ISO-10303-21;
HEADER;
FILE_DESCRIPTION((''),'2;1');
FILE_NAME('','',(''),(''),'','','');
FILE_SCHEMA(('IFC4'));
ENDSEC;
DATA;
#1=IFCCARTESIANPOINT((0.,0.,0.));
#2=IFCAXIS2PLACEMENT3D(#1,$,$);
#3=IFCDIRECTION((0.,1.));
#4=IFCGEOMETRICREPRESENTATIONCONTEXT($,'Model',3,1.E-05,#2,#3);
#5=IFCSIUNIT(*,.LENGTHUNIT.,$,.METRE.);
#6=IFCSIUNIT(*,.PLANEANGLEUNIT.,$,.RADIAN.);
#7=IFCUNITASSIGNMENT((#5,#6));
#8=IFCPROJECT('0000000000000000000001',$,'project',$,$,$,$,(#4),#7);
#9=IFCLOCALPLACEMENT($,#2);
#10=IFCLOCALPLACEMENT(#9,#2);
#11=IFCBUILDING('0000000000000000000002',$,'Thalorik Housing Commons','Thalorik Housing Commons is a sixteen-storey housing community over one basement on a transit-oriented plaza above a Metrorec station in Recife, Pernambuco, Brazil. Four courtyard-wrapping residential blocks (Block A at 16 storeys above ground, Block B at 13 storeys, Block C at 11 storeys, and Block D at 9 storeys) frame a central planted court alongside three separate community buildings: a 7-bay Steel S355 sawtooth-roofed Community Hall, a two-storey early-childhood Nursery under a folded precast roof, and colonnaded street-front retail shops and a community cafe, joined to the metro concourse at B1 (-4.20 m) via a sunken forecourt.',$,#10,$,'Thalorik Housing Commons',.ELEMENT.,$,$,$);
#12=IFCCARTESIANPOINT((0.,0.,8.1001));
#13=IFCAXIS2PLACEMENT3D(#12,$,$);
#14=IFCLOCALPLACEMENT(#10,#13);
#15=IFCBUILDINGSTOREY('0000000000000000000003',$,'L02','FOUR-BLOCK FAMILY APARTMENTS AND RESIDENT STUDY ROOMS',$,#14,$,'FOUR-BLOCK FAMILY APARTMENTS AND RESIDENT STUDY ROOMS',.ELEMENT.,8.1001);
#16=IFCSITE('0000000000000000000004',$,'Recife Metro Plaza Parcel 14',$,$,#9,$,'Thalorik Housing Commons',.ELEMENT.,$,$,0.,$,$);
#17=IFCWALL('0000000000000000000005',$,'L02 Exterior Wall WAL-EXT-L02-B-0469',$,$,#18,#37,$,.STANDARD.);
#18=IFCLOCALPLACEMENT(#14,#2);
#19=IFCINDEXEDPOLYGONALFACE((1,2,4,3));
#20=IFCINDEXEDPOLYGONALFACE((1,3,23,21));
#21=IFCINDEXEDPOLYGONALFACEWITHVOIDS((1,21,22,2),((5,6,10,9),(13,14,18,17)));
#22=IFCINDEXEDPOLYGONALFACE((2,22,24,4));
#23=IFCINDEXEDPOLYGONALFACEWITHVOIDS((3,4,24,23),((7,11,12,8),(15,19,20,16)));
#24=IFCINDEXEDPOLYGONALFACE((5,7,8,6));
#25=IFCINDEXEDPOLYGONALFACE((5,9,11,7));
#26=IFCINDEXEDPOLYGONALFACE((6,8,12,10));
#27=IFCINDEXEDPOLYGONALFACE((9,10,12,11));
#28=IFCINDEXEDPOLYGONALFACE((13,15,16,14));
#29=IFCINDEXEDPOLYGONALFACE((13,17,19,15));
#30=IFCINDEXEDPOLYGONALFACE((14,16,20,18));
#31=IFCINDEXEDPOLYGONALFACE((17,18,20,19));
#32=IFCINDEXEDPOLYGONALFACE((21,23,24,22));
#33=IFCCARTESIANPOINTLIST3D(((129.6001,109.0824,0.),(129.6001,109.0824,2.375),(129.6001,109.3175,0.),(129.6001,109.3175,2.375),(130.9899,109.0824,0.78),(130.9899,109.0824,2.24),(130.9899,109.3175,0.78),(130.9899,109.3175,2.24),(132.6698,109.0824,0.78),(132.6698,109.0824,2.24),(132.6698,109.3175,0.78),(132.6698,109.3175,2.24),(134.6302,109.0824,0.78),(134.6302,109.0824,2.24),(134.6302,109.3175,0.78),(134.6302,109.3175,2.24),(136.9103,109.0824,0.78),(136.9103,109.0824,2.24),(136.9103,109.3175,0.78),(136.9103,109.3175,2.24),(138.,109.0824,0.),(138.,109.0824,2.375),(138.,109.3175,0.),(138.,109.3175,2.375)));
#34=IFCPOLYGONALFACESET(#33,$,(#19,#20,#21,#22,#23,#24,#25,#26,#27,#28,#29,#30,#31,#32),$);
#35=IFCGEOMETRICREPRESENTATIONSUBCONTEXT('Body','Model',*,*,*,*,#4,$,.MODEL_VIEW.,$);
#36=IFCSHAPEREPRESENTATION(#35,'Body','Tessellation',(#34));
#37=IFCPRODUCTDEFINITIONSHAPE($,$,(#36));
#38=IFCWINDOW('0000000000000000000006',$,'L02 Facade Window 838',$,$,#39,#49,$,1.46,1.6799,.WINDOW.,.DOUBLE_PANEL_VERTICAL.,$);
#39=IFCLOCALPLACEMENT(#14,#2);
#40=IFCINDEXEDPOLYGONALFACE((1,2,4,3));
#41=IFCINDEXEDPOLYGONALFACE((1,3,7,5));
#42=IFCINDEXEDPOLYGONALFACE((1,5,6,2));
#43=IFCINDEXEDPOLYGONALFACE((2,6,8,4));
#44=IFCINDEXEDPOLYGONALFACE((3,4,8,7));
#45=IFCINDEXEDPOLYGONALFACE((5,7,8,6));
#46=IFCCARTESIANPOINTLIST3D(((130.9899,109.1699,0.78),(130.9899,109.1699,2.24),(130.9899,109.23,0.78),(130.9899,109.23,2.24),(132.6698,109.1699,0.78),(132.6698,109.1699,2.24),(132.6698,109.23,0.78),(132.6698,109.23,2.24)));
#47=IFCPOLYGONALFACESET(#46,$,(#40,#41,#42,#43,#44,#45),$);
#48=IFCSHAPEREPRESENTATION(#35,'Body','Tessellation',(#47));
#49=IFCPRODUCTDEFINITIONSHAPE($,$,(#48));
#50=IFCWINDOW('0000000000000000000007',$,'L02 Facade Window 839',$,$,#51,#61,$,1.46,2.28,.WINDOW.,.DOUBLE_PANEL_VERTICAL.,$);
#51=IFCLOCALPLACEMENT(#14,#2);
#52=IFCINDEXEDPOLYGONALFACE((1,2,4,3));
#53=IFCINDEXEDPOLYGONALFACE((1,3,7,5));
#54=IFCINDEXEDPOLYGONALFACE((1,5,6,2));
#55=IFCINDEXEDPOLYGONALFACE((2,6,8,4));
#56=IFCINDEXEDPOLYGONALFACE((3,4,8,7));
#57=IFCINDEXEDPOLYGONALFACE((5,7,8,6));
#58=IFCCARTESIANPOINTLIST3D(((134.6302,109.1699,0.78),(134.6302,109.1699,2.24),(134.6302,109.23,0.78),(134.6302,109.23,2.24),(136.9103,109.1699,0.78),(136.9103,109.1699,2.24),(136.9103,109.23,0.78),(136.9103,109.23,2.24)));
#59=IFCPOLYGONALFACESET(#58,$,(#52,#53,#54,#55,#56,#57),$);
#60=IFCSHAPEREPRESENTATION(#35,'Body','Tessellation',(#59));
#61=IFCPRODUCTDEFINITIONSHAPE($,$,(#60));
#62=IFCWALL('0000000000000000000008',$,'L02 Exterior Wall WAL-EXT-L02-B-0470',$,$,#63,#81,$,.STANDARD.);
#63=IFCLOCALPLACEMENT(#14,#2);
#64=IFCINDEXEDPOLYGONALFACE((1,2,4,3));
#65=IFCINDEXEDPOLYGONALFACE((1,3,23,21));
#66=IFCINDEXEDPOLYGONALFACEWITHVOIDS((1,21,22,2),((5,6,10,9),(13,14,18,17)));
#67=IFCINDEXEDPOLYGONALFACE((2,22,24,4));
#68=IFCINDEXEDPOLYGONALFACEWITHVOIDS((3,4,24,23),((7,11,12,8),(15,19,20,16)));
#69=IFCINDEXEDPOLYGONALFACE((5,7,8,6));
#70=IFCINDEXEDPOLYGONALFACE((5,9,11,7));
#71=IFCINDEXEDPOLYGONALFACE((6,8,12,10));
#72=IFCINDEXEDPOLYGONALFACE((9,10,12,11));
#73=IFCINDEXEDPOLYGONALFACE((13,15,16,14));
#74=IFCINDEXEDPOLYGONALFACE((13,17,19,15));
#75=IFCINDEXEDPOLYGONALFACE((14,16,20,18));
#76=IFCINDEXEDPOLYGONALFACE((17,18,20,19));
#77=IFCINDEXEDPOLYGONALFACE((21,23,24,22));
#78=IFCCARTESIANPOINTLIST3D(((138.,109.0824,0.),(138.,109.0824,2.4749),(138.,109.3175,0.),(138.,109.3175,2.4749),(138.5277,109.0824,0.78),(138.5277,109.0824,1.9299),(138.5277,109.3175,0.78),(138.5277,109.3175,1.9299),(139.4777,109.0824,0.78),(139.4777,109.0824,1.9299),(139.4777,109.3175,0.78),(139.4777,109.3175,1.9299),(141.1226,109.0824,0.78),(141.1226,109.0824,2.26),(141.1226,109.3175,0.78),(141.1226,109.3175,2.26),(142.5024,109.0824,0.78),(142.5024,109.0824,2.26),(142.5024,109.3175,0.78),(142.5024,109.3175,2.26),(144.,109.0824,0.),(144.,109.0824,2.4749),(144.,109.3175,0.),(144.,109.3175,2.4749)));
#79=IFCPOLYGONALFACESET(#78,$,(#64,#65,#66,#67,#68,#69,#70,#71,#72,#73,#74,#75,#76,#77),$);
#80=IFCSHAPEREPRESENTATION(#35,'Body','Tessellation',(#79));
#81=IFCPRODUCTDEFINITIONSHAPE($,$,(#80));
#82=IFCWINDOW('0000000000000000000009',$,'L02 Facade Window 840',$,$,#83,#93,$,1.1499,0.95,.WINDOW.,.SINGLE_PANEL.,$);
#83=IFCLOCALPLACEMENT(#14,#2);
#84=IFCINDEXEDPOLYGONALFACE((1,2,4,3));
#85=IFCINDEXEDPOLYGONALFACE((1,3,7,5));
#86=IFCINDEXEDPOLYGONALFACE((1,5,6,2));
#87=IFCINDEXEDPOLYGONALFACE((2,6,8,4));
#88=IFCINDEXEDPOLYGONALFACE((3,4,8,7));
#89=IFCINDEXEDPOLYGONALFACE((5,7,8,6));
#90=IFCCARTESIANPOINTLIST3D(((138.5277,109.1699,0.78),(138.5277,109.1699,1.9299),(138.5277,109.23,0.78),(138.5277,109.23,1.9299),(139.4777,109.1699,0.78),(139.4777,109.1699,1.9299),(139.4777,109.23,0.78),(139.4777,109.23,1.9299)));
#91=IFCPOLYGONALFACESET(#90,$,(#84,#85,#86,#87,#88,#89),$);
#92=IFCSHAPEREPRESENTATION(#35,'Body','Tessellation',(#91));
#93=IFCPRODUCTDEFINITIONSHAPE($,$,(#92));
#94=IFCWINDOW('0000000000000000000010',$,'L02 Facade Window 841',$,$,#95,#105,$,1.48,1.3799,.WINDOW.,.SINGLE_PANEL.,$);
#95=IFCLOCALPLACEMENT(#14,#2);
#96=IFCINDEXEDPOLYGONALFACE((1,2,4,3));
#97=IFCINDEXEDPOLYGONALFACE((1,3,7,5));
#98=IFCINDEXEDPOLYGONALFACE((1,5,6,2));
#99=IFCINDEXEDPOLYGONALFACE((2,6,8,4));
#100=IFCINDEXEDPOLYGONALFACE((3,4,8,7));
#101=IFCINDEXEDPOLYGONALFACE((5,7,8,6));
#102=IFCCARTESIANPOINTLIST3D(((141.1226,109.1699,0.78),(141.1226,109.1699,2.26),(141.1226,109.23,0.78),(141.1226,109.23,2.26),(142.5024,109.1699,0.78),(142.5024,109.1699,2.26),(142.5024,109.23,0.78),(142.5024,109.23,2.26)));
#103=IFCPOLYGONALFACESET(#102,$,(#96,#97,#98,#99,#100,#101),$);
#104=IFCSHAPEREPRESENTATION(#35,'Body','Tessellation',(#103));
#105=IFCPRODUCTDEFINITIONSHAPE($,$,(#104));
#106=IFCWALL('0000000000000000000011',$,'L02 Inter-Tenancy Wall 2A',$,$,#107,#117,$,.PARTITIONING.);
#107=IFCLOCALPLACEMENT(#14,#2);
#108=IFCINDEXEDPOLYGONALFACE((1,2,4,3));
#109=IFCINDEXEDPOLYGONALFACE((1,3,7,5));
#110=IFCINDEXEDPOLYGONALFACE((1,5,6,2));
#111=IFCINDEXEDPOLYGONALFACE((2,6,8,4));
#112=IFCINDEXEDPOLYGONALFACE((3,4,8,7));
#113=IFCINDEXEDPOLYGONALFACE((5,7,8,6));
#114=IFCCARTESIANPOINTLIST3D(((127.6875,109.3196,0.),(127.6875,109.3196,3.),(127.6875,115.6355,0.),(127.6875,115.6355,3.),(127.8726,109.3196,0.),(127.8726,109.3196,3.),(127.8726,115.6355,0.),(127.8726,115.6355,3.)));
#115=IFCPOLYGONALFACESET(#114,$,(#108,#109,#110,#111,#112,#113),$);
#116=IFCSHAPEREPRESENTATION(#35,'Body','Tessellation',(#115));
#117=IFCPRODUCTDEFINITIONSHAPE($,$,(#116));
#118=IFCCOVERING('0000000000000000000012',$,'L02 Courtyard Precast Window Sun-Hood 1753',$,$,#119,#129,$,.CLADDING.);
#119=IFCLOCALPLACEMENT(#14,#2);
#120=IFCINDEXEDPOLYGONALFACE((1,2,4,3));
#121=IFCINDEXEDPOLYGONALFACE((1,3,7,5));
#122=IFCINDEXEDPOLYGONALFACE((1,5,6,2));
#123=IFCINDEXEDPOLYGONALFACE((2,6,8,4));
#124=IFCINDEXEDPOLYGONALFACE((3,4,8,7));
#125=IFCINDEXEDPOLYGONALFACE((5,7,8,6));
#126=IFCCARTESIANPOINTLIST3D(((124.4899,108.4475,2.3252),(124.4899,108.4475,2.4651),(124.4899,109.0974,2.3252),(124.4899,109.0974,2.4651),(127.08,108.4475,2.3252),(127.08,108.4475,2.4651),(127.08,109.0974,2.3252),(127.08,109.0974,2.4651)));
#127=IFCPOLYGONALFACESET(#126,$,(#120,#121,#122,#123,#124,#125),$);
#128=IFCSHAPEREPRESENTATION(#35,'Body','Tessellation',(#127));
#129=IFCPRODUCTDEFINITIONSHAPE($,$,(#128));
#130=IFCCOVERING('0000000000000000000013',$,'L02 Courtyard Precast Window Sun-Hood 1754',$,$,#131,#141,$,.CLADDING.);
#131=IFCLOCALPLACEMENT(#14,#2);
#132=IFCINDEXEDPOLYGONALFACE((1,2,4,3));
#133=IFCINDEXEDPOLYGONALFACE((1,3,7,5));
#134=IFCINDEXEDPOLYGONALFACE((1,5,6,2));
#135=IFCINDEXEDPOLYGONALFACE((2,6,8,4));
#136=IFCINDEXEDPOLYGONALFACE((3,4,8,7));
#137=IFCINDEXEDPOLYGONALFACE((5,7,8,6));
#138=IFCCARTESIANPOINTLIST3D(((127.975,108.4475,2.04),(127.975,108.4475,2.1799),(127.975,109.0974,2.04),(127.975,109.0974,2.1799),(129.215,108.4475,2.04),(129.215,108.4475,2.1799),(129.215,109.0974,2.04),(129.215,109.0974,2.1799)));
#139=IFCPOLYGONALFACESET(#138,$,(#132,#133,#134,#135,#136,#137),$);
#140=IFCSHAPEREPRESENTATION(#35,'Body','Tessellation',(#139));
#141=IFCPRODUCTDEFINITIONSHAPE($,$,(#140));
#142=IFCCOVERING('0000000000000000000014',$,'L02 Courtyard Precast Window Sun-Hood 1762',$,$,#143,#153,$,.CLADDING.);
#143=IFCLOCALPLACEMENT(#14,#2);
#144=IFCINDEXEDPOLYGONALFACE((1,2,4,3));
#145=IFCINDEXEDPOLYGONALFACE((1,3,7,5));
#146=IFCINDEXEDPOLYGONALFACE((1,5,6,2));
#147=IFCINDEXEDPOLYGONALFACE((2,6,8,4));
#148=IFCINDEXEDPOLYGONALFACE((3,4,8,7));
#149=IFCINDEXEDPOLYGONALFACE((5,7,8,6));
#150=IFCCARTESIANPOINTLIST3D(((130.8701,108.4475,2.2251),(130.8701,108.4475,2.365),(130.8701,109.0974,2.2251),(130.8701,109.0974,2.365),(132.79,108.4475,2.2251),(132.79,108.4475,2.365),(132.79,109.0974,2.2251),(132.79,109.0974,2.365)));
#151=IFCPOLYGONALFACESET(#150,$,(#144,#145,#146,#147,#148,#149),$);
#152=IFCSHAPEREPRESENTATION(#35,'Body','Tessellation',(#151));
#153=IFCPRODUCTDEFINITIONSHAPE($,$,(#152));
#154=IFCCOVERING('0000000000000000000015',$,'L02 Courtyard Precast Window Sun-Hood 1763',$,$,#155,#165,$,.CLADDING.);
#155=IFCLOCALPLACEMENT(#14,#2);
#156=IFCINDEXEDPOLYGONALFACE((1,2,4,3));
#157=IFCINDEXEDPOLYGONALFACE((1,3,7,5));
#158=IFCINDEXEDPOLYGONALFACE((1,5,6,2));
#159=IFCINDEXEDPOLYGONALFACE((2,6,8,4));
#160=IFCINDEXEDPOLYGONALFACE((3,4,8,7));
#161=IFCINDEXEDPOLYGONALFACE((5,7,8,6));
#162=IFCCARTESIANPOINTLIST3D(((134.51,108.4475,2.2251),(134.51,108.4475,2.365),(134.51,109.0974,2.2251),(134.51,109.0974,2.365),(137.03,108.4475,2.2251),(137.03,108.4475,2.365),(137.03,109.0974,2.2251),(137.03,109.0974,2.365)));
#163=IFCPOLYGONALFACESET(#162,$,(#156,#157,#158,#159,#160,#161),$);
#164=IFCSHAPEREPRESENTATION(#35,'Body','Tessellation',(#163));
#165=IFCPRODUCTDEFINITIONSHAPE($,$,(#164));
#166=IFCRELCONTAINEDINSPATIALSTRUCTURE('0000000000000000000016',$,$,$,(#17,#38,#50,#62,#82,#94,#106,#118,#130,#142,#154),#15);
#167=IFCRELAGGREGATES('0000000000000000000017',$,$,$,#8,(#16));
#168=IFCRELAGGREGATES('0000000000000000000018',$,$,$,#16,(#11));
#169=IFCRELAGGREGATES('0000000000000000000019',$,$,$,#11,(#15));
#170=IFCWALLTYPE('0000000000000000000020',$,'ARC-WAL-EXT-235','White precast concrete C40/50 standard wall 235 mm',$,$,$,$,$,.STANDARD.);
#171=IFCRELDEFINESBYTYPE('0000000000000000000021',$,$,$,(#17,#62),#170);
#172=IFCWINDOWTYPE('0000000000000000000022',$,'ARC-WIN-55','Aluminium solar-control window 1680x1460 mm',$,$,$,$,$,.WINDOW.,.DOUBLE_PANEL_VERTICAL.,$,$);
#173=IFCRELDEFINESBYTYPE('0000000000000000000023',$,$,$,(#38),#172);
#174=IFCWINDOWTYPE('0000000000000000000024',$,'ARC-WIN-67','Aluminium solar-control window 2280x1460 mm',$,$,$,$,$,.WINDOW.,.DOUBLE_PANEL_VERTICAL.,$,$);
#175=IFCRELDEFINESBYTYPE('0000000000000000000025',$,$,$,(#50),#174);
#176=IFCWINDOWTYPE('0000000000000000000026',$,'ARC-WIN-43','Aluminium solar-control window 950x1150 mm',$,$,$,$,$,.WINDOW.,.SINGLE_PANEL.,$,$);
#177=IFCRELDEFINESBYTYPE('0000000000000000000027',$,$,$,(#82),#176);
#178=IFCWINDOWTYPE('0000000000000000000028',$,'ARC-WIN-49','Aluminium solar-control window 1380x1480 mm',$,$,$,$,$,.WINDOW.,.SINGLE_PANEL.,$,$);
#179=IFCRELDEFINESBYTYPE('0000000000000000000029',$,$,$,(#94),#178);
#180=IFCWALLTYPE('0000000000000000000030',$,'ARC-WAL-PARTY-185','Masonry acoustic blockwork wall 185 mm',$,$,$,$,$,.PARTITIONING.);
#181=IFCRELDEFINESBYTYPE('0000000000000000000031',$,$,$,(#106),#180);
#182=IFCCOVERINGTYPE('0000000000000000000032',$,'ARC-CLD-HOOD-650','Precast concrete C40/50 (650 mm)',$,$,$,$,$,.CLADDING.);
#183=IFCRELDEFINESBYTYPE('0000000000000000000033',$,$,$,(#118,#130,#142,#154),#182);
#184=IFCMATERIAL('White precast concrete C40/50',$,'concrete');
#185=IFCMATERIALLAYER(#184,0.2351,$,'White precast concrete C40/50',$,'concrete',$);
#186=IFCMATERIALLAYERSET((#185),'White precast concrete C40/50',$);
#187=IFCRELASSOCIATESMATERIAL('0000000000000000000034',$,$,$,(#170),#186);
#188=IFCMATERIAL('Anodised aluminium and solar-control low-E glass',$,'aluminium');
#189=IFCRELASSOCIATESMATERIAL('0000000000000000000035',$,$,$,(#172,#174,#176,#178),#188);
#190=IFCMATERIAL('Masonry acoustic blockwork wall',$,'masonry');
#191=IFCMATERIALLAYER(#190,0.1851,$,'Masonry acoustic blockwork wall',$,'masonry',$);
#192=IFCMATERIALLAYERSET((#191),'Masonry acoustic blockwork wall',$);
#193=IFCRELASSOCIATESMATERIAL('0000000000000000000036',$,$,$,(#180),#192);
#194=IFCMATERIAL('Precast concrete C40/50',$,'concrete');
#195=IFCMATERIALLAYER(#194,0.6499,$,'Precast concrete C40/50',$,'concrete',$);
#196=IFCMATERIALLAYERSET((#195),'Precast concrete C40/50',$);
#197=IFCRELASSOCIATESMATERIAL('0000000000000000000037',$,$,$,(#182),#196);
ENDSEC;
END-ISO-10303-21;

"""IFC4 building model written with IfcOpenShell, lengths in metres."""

from ifc_helpers import new_model, si_unit, direction, frame, frame_2d, origin, origin_2d, place, context, subcontext, project, spatial, rectangle, extrude, material, layer, layer_set, type_object, element, fill, save


model = new_model("IFC4")

# Units and contexts
model_context = context("Model", 3, precision=1e-05, world=origin(), true_north=direction((0.0, 1.0)))
body_context = subcontext(model_context, "Body", "Model", "MODEL_VIEW")
ifc_project = project(units=[si_unit("LENGTHUNIT", "METRE"), si_unit("PLANEANGLEUNIT", "RADIAN")], contexts=[model_context])

# Site, building, storey
site_placement = place(None, origin())
site = spatial("IfcSite", under=ifc_project, at=site_placement, Name="Recife Metro Plaza Parcel 14", LongName="Thalorik Housing Commons", CompositionType="ELEMENT", RefElevation=0.0)
building_placement = place(site_placement, origin())
building = spatial("IfcBuilding", under=site, at=building_placement, Name="Thalorik Housing Commons", Description="Thalorik Housing Commons is a sixteen-storey housing community over one basement on a transit-oriented plaza above a Metrorec station in Recife, Pernambuco, Brazil. Four courtyard-wrapping residential blocks (Block A at 16 storeys above ground, Block B at 13 storeys, Block C at 11 storeys, and Block D at 9 storeys) frame a central planted court alongside three separate community buildings: a 7-bay Steel S355 sawtooth-roofed Community Hall, a two-storey early-childhood Nursery under a folded precast roof, and colonnaded street-front retail shops and a community cafe, joined to the metro concourse at B1 (-4.20 m) via a sunken forecourt.", LongName="Thalorik Housing Commons", CompositionType="ELEMENT")
storey_placement = place(building_placement, frame((0.0, 0.0, 8.1001)))
storey = spatial("IfcBuildingStorey", under=building, at=storey_placement, Name="L02", Description="FOUR-BLOCK FAMILY APARTMENTS AND RESIDENT STUDY ROOMS", LongName="FOUR-BLOCK FAMILY APARTMENTS AND RESIDENT STUDY ROOMS", CompositionType="ELEMENT", Elevation=8.1001)

# Shared definitions
ifc_material_1 = material(Name="Precast concrete C40/50", Category="concrete")

# Walls, openings, windows
ifc_material_2 = material(Name="White precast concrete C40/50", Category="concrete")
ifc_layer_1 = layer(ifc_material_2, 0.2351, Name="White precast concrete C40/50", Category="concrete")
ifc_layer_set_1 = layer_set([ifc_layer_1], Name="White precast concrete C40/50")
wall_type_1 = type_object("IfcWallType", Name="ARC-WAL-EXT-235", Description="White precast concrete C40/50 standard wall 235 mm", PredefinedType="STANDARD", material=ifc_layer_set_1)
ifc_material_3 = material(Name="Anodised aluminium and solar-control low-E glass", Category="aluminium")
wall_1_placement = place(storey_placement, frame((129.6001, 109.2, 0.0), z_axis=(0.0, 0.0, 1.0), x_axis=(1.0, 0.0, 0.0)))
wall_1 = element("IfcWall", 1, at=wall_1_placement, inside=storey, type_object=wall_type_1, Name="L02 Exterior Wall WAL-EXT-L02-B-0469", PredefinedType="STANDARD", context=body_context, shape_type="SweptSolid", body=[
    extrude(rectangle(XDim=8.3999, YDim=0.2351, at=frame_2d((4.2, 0.0))), origin(), (0.0, 0.0, 1.0), 2.375),
])
opening_1_placement = place(wall_1_placement, frame((1.3899, 0.0, 0.78)))
opening_1 = element("IfcOpeningElement", 2, at=opening_1_placement, cuts=wall_1, PredefinedType="OPENING", context=body_context, shape_type="SweptSolid", body=[
    extrude(rectangle(XDim=1.6799, YDim=1.46, at=frame_2d((0.8398, 0.73))), frame((0.0, 0.1274, 0.0), z_axis=(0.0, -1.0, 0.0), x_axis=(1.0, 0.0, 0.0)), (0.0, 0.0, 1.0), 0.2551),
])
opening_2_placement = place(wall_1_placement, frame((5.03, 0.0, 0.78)))
opening_2 = element("IfcOpeningElement", 3, at=opening_2_placement, cuts=wall_1, PredefinedType="OPENING", context=body_context, shape_type="SweptSolid", body=[
    extrude(rectangle(XDim=2.28, YDim=1.46, at=frame_2d((1.1401, 0.73))), frame((0.0, 0.1274, 0.0), z_axis=(0.0, -1.0, 0.0), x_axis=(1.0, 0.0, 0.0)), (0.0, 0.0, 1.0), 0.2551),
])
window_type_1 = type_object("IfcWindowType", Name="ARC-WIN-55", Description="Aluminium solar-control window 1680x1460 mm", PartitioningType="DOUBLE_PANEL_VERTICAL", PredefinedType="WINDOW", material=ifc_material_3)
window_1_placement = place(opening_1_placement, origin())
window_1 = element("IfcWindow", 4, at=window_1_placement, inside=storey, type_object=window_type_1, Name="L02 Facade Window 838", OverallHeight=1.46, OverallWidth=1.6799, PartitioningType="DOUBLE_PANEL_VERTICAL", PredefinedType="WINDOW", context=body_context, shape_type="SweptSolid", body=[
    extrude(rectangle(XDim=1.6799, YDim=1.46, at=frame_2d((0.8398, 0.73))), frame((0.0, 0.03, 0.0), z_axis=(0.0, -1.0, 0.0), x_axis=(1.0, 0.0, 0.0)), (0.0, 0.0, 1.0), 0.0601),
])
fill(opening_1, window_1)
window_type_2 = type_object("IfcWindowType", Name="ARC-WIN-67", Description="Aluminium solar-control window 2280x1460 mm", PartitioningType="DOUBLE_PANEL_VERTICAL", PredefinedType="WINDOW", material=ifc_material_3)
window_2_placement = place(opening_2_placement, origin())
window_2 = element("IfcWindow", 5, at=window_2_placement, inside=storey, type_object=window_type_2, Name="L02 Facade Window 839", OverallHeight=1.46, OverallWidth=2.28, PartitioningType="DOUBLE_PANEL_VERTICAL", PredefinedType="WINDOW", context=body_context, shape_type="SweptSolid", body=[
    extrude(rectangle(XDim=2.28, YDim=1.46, at=frame_2d((1.1401, 0.73))), frame((0.0, 0.03, 0.0), z_axis=(0.0, -1.0, 0.0), x_axis=(1.0, 0.0, 0.0)), (0.0, 0.0, 1.0), 0.0601),
])
fill(opening_2, window_2)
wall_2_placement = place(storey_placement, frame((138.0, 109.2, 0.0), z_axis=(0.0, 0.0, 1.0), x_axis=(1.0, 0.0, 0.0)))
wall_2 = element("IfcWall", 6, at=wall_2_placement, inside=storey, type_object=wall_type_1, Name="L02 Exterior Wall WAL-EXT-L02-B-0470", PredefinedType="STANDARD", context=body_context, shape_type="SweptSolid", body=[
    extrude(rectangle(XDim=6.0, YDim=0.2351, at=frame_2d((3.0, 0.0))), origin(), (0.0, 0.0, 1.0), 2.4749),
])
opening_3_placement = place(wall_2_placement, frame((0.5276, 0.0, 0.78)))
opening_3 = element("IfcOpeningElement", 7, at=opening_3_placement, cuts=wall_2, PredefinedType="OPENING", context=body_context, shape_type="SweptSolid", body=[
    extrude(rectangle(XDim=0.95, YDim=1.1499, at=frame_2d((0.4751, 0.575))), frame((0.0, 0.1274, 0.0), z_axis=(0.0, -1.0, 0.0), x_axis=(1.0, 0.0, 0.0)), (0.0, 0.0, 1.0), 0.2551),
])
opening_4_placement = place(wall_2_placement, frame((3.1226, 0.0, 0.78)))
opening_4 = element("IfcOpeningElement", 8, at=opening_4_placement, cuts=wall_2, PredefinedType="OPENING", context=body_context, shape_type="SweptSolid", body=[
    extrude(rectangle(XDim=1.3799, YDim=1.48, at=frame_2d((0.6899, 0.74))), frame((0.0, 0.1274, 0.0), z_axis=(0.0, -1.0, 0.0), x_axis=(1.0, 0.0, 0.0)), (0.0, 0.0, 1.0), 0.2551),
])
window_type_3 = type_object("IfcWindowType", Name="ARC-WIN-43", Description="Aluminium solar-control window 950x1150 mm", PartitioningType="SINGLE_PANEL", PredefinedType="WINDOW", material=ifc_material_3)
window_3_placement = place(opening_3_placement, origin())
window_3 = element("IfcWindow", 9, at=window_3_placement, inside=storey, type_object=window_type_3, Name="L02 Facade Window 840", OverallHeight=1.1499, OverallWidth=0.95, PartitioningType="SINGLE_PANEL", PredefinedType="WINDOW", context=body_context, shape_type="SweptSolid", body=[
    extrude(rectangle(XDim=0.95, YDim=1.1499, at=frame_2d((0.4751, 0.575))), frame((0.0, 0.03, 0.0), z_axis=(0.0, -1.0, 0.0), x_axis=(1.0, 0.0, 0.0)), (0.0, 0.0, 1.0), 0.0601),
])
fill(opening_3, window_3)
window_type_4 = type_object("IfcWindowType", Name="ARC-WIN-49", Description="Aluminium solar-control window 1380x1480 mm", PartitioningType="SINGLE_PANEL", PredefinedType="WINDOW", material=ifc_material_3)
window_4_placement = place(opening_4_placement, origin())
window_4 = element("IfcWindow", 10, at=window_4_placement, inside=storey, type_object=window_type_4, Name="L02 Facade Window 841", OverallHeight=1.48, OverallWidth=1.3799, PartitioningType="SINGLE_PANEL", PredefinedType="WINDOW", context=body_context, shape_type="SweptSolid", body=[
    extrude(rectangle(XDim=1.3799, YDim=1.48, at=frame_2d((0.6899, 0.74))), frame((0.0, 0.03, 0.0), z_axis=(0.0, -1.0, 0.0), x_axis=(1.0, 0.0, 0.0)), (0.0, 0.0, 1.0), 0.0601),
])
fill(opening_4, window_4)

# Wall
ifc_material_4 = material(Name="Masonry acoustic blockwork wall", Category="masonry")
ifc_layer_2 = layer(ifc_material_4, 0.1851, Name="Masonry acoustic blockwork wall", Category="masonry")
ifc_layer_set_2 = layer_set([ifc_layer_2], Name="Masonry acoustic blockwork wall")
wall_type_2 = type_object("IfcWallType", Name="ARC-WAL-PARTY-185", Description="Masonry acoustic blockwork wall 185 mm", PredefinedType="PARTITIONING", material=ifc_layer_set_2)
wall_3_placement = place(storey_placement, frame((127.78, 109.3196, 0.0), z_axis=(0.0, 0.0, 1.0), x_axis=(0.0, 1.0, 0.0)))
element("IfcWall", 11, at=wall_3_placement, inside=storey, type_object=wall_type_2, Name="L02 Inter-Tenancy Wall 2A", PredefinedType="PARTITIONING", context=body_context, shape_type="SweptSolid", body=[
    extrude(rectangle(XDim=6.3159, YDim=0.1851, at=frame_2d((3.158, 0.0))), origin(), (0.0, 0.0, 1.0), 3.0),
])

# Coverings
ifc_layer_3 = layer(ifc_material_1, 0.6499, Name="Precast concrete C40/50", Category="concrete")
ifc_layer_set_3 = layer_set([ifc_layer_3], Name="Precast concrete C40/50")
covering_type = type_object("IfcCoveringType", Name="ARC-CLD-HOOD-650", Description="Precast concrete C40/50 (650 mm)", PredefinedType="CLADDING", material=ifc_layer_set_3)
covering_1_placement = place(storey_placement, frame((125.7849, 108.7725, 2.3252), z_axis=(0.0, 0.0, 1.0), x_axis=(1.0, 0.0, 0.0)))
element("IfcCovering", 12, at=covering_1_placement, inside=storey, type_object=covering_type, Name="L02 Courtyard Precast Window Sun-Hood 1753", PredefinedType="CLADDING", context=body_context, shape_type="SweptSolid", body=[
    extrude(rectangle(XDim=2.5901, YDim=0.6499, at=origin_2d()), origin(), (0.0, 0.0, 1.0), 0.1399),
])
covering_2_placement = place(storey_placement, frame((128.595, 108.7725, 2.04), z_axis=(0.0, 0.0, 1.0), x_axis=(1.0, 0.0, 0.0)))
element("IfcCovering", 13, at=covering_2_placement, inside=storey, type_object=covering_type, Name="L02 Courtyard Precast Window Sun-Hood 1754", PredefinedType="CLADDING", context=body_context, shape_type="SweptSolid", body=[
    extrude(rectangle(XDim=1.24, YDim=0.6499, at=origin_2d()), origin(), (0.0, 0.0, 1.0), 0.1399),
])
covering_3_placement = place(storey_placement, frame((131.8301, 108.7725, 2.2251), z_axis=(0.0, 0.0, 1.0), x_axis=(1.0, 0.0, 0.0)))
element("IfcCovering", 14, at=covering_3_placement, inside=storey, type_object=covering_type, Name="L02 Courtyard Precast Window Sun-Hood 1762", PredefinedType="CLADDING", context=body_context, shape_type="SweptSolid", body=[
    extrude(rectangle(XDim=1.9199, YDim=0.6499, at=origin_2d()), origin(), (0.0, 0.0, 1.0), 0.1399),
])
covering_4_placement = place(storey_placement, frame((135.77, 108.7725, 2.2251), z_axis=(0.0, 0.0, 1.0), x_axis=(1.0, 0.0, 0.0)))
element("IfcCovering", 15, at=covering_4_placement, inside=storey, type_object=covering_type, Name="L02 Courtyard Precast Window Sun-Hood 1763", PredefinedType="CLADDING", context=body_context, shape_type="SweptSolid", body=[
    extrude(rectangle(XDim=2.52, YDim=0.6499, at=origin_2d()), origin(), (0.0, 0.0, 1.0), 0.1399),
])

save(model, "model.ifc")
